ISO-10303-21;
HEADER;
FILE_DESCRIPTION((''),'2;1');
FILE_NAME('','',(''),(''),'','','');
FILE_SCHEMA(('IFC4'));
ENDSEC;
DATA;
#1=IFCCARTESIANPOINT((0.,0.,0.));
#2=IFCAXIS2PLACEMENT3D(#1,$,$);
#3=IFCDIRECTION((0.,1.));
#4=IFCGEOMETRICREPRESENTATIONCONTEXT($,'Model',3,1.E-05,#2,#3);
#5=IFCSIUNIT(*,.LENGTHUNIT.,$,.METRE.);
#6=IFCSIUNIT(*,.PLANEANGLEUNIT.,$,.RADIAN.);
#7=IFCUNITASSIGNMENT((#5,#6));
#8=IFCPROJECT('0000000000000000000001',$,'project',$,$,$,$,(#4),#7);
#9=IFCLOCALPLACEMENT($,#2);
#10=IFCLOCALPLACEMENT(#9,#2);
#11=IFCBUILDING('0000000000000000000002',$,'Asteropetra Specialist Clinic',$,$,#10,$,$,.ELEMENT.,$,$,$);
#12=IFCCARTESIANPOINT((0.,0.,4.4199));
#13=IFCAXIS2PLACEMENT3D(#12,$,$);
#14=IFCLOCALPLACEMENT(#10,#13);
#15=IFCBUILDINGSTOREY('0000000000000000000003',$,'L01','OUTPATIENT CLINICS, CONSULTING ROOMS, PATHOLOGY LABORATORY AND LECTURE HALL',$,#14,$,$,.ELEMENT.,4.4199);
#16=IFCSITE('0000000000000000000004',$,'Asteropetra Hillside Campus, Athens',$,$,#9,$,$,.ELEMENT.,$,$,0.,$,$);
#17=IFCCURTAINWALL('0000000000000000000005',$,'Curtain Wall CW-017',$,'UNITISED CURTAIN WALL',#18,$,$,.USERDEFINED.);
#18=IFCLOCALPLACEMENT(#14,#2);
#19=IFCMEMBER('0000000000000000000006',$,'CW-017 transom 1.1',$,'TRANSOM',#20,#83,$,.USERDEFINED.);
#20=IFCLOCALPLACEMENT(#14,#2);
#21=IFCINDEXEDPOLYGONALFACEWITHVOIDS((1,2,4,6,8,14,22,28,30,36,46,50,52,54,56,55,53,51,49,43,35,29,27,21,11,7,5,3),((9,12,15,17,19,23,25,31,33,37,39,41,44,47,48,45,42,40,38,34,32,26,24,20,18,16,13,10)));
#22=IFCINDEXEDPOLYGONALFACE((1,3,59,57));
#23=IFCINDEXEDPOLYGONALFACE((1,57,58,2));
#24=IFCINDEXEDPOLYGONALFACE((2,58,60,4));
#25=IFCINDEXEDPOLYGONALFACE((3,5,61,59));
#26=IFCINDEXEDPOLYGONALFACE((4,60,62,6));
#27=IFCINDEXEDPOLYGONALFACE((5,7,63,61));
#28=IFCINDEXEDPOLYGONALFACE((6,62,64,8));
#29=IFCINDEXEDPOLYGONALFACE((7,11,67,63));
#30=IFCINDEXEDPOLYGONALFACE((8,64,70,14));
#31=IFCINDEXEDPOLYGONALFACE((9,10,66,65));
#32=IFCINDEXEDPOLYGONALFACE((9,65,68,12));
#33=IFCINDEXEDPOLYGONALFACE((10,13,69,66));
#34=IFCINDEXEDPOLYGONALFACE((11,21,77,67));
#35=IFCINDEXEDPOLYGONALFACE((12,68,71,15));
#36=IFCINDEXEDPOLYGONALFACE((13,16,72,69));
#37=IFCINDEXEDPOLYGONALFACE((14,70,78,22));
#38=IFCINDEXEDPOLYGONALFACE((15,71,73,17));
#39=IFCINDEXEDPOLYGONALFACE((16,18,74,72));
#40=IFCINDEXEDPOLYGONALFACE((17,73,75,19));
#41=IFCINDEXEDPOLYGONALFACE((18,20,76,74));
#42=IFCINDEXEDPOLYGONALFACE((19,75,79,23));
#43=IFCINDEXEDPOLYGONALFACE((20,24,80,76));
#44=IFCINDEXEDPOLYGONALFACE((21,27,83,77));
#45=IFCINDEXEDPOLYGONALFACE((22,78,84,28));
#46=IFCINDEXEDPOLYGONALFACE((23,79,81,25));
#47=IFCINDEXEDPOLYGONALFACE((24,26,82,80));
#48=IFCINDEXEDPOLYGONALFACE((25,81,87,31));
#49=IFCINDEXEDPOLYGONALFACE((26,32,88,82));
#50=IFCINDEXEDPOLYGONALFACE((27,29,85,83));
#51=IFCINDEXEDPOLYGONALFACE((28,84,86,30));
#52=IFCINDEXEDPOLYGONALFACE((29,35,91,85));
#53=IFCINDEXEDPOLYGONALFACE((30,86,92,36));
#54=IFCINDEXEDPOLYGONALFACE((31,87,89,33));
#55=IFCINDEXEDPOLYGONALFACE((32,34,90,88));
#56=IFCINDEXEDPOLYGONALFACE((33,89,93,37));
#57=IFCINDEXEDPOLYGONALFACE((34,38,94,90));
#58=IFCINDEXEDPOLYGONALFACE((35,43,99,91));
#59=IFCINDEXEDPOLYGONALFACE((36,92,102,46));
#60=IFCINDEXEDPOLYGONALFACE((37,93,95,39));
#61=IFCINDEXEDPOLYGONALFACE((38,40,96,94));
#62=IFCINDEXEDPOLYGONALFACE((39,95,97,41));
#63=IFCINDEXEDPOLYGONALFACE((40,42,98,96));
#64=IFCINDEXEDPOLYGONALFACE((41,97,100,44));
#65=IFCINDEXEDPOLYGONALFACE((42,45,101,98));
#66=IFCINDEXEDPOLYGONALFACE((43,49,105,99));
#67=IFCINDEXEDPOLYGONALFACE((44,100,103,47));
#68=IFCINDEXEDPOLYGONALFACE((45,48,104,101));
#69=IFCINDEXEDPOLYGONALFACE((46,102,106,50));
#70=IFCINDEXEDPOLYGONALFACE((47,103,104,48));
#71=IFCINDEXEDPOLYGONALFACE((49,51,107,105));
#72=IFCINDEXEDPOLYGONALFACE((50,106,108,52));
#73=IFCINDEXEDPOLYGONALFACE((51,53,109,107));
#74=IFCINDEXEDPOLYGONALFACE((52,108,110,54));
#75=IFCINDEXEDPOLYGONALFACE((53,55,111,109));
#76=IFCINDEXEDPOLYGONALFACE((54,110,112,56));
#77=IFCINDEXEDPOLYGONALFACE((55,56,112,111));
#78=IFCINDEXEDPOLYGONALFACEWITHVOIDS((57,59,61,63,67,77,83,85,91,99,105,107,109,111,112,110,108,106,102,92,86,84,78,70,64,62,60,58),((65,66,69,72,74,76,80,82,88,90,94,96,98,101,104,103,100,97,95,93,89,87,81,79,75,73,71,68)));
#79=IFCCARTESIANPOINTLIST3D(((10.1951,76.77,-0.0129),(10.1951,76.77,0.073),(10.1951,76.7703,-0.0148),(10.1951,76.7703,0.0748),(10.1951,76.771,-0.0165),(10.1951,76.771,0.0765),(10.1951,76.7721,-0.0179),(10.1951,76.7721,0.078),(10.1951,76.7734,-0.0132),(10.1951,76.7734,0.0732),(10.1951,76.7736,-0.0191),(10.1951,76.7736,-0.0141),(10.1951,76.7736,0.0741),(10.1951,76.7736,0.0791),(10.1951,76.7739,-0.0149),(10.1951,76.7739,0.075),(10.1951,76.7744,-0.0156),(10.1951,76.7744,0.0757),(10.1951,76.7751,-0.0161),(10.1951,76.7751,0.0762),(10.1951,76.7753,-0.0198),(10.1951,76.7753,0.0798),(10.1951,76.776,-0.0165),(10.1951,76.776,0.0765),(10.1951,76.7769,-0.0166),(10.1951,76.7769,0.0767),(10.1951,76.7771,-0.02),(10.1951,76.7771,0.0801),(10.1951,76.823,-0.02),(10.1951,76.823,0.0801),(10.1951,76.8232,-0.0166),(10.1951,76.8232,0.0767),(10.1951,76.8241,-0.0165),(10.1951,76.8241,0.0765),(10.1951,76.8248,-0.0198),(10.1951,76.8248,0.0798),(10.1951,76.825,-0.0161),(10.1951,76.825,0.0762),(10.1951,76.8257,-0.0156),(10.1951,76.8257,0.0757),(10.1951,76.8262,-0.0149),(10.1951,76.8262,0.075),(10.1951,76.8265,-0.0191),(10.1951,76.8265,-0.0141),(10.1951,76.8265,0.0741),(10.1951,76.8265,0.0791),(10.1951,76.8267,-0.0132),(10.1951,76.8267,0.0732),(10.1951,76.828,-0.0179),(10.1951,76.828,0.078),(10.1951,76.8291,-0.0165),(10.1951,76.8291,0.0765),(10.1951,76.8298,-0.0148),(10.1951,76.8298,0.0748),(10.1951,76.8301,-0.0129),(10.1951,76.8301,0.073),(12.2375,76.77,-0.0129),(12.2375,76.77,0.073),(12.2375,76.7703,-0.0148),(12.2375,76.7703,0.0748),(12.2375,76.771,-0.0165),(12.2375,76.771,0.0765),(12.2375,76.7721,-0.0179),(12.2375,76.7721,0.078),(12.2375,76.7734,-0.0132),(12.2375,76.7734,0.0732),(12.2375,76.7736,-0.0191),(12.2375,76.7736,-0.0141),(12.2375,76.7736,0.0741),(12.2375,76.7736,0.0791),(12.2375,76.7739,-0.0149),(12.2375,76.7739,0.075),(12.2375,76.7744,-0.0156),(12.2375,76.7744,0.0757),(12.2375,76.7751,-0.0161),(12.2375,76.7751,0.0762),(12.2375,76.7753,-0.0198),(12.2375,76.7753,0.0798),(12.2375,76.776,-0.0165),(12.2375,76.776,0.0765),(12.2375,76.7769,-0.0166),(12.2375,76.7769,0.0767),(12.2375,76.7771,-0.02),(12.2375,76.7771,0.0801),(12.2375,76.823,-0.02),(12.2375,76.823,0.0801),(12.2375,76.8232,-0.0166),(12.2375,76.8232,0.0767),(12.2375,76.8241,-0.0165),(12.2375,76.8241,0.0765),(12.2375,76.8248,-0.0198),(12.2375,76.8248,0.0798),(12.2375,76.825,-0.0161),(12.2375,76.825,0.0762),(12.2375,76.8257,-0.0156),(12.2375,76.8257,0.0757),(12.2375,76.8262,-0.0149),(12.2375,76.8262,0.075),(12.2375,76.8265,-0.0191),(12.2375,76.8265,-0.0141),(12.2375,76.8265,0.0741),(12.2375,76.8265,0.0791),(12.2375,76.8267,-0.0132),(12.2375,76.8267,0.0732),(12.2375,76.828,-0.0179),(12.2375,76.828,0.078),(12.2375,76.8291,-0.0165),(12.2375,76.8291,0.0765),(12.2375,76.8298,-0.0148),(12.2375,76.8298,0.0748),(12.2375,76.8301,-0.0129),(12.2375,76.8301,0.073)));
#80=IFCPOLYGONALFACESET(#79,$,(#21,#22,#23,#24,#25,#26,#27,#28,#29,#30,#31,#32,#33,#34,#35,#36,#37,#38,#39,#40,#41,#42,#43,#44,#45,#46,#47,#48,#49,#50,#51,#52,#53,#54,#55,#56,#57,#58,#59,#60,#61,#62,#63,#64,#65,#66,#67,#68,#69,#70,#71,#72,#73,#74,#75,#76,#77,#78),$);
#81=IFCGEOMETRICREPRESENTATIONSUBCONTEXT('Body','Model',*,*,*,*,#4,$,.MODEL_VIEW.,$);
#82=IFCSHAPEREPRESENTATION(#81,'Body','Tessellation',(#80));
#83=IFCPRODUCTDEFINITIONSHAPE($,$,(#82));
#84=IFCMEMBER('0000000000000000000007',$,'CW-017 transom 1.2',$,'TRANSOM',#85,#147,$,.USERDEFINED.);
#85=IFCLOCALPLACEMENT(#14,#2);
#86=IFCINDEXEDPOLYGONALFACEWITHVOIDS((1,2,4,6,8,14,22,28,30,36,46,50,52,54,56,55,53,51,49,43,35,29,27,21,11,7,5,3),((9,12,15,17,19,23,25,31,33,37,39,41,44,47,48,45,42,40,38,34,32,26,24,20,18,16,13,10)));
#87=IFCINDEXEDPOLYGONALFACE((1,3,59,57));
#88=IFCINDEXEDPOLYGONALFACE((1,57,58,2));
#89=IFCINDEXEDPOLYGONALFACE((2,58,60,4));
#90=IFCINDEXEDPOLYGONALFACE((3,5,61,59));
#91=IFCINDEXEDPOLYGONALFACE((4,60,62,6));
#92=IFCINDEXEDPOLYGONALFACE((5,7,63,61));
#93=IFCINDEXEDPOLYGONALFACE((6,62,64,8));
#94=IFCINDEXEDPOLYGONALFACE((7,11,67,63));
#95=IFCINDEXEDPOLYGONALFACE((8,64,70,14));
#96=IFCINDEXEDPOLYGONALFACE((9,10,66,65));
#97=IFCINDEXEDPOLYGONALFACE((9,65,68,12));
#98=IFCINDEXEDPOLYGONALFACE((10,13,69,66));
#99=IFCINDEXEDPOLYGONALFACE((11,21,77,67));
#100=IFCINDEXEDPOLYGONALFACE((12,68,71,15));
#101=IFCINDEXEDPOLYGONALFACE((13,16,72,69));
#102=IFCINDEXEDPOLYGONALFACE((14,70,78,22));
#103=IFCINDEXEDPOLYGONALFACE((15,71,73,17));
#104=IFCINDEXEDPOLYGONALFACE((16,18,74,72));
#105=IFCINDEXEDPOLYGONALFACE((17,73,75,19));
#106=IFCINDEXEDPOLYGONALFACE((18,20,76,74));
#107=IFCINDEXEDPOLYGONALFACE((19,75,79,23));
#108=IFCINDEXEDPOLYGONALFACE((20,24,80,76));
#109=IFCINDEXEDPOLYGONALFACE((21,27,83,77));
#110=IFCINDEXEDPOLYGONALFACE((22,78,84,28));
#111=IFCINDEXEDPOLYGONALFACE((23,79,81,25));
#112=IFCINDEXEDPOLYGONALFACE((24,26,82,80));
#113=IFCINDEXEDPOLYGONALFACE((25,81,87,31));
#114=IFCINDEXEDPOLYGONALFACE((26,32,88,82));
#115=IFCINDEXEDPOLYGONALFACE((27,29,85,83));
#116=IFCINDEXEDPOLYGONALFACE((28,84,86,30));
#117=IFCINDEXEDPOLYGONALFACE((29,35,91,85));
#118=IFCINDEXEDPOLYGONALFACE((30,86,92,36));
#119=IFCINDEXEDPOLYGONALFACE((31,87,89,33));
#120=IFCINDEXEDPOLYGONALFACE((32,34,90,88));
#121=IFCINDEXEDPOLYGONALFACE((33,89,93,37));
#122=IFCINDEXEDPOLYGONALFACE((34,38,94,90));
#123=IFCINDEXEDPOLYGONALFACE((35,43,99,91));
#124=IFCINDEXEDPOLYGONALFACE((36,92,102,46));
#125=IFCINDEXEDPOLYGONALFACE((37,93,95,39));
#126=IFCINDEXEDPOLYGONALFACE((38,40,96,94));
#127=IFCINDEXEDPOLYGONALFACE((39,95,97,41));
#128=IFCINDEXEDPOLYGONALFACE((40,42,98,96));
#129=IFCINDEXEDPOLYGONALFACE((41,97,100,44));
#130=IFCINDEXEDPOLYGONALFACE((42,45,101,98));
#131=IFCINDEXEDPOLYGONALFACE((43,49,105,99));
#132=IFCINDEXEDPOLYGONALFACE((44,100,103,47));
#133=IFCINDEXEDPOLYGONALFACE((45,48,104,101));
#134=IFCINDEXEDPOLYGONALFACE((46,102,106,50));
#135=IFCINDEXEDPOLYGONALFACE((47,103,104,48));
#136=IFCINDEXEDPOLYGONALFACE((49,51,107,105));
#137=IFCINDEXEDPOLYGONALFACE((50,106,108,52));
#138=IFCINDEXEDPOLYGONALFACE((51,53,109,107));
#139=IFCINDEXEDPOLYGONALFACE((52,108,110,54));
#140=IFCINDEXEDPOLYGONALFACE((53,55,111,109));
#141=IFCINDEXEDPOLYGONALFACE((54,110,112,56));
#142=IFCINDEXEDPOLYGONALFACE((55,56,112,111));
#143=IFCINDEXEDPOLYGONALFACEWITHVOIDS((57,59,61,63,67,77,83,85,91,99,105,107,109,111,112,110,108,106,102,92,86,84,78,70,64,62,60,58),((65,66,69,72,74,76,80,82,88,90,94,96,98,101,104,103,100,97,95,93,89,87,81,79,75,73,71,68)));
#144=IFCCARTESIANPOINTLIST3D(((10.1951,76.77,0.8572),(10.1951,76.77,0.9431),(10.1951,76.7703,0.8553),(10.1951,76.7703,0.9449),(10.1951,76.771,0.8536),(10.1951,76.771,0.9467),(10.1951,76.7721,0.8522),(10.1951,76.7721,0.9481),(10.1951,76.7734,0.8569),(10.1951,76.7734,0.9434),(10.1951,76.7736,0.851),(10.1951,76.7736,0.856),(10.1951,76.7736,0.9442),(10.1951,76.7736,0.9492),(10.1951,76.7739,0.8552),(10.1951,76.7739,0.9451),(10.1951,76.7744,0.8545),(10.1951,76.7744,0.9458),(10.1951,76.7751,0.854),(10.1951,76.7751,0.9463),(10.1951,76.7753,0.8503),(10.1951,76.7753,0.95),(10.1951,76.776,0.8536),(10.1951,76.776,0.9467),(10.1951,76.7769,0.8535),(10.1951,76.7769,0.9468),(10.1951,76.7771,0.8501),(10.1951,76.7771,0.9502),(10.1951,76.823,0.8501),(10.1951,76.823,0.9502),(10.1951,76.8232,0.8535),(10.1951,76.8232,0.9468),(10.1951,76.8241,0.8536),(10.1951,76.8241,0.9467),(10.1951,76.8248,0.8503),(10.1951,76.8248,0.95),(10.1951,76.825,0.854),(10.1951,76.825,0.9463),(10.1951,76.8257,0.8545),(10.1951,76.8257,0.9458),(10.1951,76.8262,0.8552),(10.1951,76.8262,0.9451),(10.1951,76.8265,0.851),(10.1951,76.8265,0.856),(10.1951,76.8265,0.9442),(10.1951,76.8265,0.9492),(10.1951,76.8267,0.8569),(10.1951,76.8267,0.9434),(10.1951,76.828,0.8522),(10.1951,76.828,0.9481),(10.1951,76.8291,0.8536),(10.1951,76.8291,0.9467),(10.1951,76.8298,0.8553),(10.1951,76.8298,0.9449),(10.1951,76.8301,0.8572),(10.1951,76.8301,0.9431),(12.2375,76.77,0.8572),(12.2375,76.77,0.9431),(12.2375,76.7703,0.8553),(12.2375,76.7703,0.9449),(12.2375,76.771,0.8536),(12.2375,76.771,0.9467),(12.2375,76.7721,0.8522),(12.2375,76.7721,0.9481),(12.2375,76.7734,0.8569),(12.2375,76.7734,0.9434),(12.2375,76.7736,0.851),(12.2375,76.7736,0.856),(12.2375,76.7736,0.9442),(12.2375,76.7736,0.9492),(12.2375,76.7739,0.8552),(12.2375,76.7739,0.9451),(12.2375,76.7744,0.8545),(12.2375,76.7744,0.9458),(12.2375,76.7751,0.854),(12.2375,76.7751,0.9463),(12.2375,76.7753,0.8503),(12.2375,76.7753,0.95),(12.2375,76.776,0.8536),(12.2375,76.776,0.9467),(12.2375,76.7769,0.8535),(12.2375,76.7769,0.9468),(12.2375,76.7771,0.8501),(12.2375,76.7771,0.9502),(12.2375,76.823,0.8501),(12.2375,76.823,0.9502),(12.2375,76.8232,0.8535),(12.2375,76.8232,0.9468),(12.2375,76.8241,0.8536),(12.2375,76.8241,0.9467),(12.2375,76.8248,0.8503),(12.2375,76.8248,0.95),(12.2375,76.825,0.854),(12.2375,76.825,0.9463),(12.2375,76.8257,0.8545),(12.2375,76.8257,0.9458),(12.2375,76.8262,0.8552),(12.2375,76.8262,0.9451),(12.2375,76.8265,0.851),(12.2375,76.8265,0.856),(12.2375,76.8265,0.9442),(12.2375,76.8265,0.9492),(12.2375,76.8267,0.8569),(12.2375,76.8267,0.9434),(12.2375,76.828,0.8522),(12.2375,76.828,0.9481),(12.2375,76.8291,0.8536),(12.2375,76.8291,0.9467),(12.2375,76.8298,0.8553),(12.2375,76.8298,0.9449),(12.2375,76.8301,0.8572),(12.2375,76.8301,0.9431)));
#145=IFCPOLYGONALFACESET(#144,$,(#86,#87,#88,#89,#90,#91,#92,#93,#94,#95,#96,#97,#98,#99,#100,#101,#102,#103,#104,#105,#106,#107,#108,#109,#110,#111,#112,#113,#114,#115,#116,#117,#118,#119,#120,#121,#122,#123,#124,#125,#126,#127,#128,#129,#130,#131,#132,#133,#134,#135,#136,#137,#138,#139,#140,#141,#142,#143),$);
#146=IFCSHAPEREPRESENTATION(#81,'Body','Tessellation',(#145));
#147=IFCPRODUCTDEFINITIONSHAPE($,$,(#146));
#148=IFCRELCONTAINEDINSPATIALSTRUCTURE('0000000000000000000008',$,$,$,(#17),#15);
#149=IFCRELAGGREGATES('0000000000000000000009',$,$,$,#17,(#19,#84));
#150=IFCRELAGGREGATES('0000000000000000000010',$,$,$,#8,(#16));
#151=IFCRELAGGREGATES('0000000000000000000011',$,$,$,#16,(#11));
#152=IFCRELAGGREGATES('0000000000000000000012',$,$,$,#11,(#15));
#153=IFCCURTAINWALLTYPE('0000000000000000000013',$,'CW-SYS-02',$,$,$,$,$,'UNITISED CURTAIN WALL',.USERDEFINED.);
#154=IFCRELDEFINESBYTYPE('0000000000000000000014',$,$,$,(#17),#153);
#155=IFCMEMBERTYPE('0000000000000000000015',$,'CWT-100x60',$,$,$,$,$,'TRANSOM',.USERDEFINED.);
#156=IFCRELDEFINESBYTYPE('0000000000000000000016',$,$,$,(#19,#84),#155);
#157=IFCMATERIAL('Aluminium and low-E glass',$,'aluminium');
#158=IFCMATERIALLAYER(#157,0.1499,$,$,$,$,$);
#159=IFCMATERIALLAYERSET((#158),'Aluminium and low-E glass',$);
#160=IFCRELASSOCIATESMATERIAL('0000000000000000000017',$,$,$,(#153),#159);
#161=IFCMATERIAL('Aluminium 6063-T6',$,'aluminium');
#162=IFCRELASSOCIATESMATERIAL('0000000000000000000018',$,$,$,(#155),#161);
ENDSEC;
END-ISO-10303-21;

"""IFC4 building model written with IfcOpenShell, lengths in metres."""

from ifc_helpers import new_model, si_unit, direction, frame, origin, origin_2d, place, context, subcontext, project, spatial, hollow_rectangle, extrude, material, layer, layer_set, material_profile, profile_set, type_object, element, aggregate, save


model = new_model("IFC4")

# Units and contexts
model_context = context("Model", 3, precision=1e-05, world=origin(), true_north=direction((0.0, 1.0)))
body_context = subcontext(model_context, "Body", "Model", "MODEL_VIEW")
ifc_project = project(units=[si_unit("LENGTHUNIT", "METRE"), si_unit("PLANEANGLEUNIT", "RADIAN")], contexts=[model_context])

# Site, building, storey
site_placement = place(None, origin())
site = spatial("IfcSite", under=ifc_project, at=site_placement, Name="Asteropetra Hillside Campus, Athens", CompositionType="ELEMENT", RefElevation=0.0)
building_placement = place(site_placement, origin())
building = spatial("IfcBuilding", under=site, at=building_placement, Name="Asteropetra Specialist Clinic", CompositionType="ELEMENT")
storey_placement = place(building_placement, frame((0.0, 0.0, 4.4199)))
storey = spatial("IfcBuildingStorey", under=building, at=storey_placement, Name="L01", Description="OUTPATIENT CLINICS, CONSULTING ROOMS, PATHOLOGY LABORATORY AND LECTURE HALL", CompositionType="ELEMENT", Elevation=4.4199)

# Curtain wall
ifc_material_1 = material(Name="Aluminium and low-E glass", Category="aluminium")
ifc_layer_1 = layer(ifc_material_1, 0.1499)
ifc_layer_set_1 = layer_set([ifc_layer_1], Name="Aluminium and low-E glass")
curtain_wall_type_1 = type_object("IfcCurtainWallType", Name="CW-SYS-02", ElementType="UNITISED CURTAIN WALL", PredefinedType="USERDEFINED", material=ifc_layer_set_1)
curtain_wall_1_placement = place(storey_placement, origin())
curtain_wall_1 = element("IfcCurtainWall", 1, at=curtain_wall_1_placement, inside=storey, type_object=curtain_wall_type_1, Name="Curtain Wall CW-017", ObjectType="UNITISED CURTAIN WALL", PredefinedType="USERDEFINED")

# Members
ifc_material_2 = material(Name="Aluminium 6063-T6", Category="aluminium")
ifc_material_profile_1 = material_profile(ifc_material_2, hollow_rectangle(XDim=0.0601, YDim=0.1001, WallThickness=0.0034, InnerFilletRadius=0.0034, OuterFilletRadius=0.0071, at=origin_2d()), Name="TRN 100x60x3.5")
ifc_profile_set_1 = profile_set([ifc_material_profile_1], Name="Aluminium 6063-T6")
member_type_1 = type_object("IfcMemberType", Name="CWT-100x60", ElementType="TRANSOM", PredefinedType="USERDEFINED", material=ifc_profile_set_1)
member_1_placement = place(storey_placement, frame((10.1951, 76.8, 0.03), z_axis=(1.0, 0.0, 0.0), x_axis=(0.0, 1.0, 0.0)))
member_1 = element("IfcMember", 2, at=member_1_placement, type_object=member_type_1, Name="CW-017 transom 1.1", ObjectType="TRANSOM", PredefinedType="USERDEFINED", context=body_context, shape_type="SweptSolid", body=[
    extrude(hollow_rectangle(XDim=0.0601, YDim=0.1001, WallThickness=0.0034, InnerFilletRadius=0.0034, OuterFilletRadius=0.0071, at=origin_2d()), origin(), (0.0, 0.0, 1.0), 2.0425),
])
member_2_placement = place(storey_placement, frame((10.1951, 76.8, 0.9001), z_axis=(1.0, 0.0, 0.0), x_axis=(0.0, 1.0, 0.0)))
member_2 = element("IfcMember", 3, at=member_2_placement, type_object=member_type_1, Name="CW-017 transom 1.2", ObjectType="TRANSOM", PredefinedType="USERDEFINED", context=body_context, shape_type="SweptSolid", body=[
    extrude(hollow_rectangle(XDim=0.0601, YDim=0.1001, WallThickness=0.0034, InnerFilletRadius=0.0034, OuterFilletRadius=0.0071, at=origin_2d()), origin(), (0.0, 0.0, 1.0), 2.0425),
])

aggregate(curtain_wall_1, [member_1, member_2])

save(model, "model.ifc")
